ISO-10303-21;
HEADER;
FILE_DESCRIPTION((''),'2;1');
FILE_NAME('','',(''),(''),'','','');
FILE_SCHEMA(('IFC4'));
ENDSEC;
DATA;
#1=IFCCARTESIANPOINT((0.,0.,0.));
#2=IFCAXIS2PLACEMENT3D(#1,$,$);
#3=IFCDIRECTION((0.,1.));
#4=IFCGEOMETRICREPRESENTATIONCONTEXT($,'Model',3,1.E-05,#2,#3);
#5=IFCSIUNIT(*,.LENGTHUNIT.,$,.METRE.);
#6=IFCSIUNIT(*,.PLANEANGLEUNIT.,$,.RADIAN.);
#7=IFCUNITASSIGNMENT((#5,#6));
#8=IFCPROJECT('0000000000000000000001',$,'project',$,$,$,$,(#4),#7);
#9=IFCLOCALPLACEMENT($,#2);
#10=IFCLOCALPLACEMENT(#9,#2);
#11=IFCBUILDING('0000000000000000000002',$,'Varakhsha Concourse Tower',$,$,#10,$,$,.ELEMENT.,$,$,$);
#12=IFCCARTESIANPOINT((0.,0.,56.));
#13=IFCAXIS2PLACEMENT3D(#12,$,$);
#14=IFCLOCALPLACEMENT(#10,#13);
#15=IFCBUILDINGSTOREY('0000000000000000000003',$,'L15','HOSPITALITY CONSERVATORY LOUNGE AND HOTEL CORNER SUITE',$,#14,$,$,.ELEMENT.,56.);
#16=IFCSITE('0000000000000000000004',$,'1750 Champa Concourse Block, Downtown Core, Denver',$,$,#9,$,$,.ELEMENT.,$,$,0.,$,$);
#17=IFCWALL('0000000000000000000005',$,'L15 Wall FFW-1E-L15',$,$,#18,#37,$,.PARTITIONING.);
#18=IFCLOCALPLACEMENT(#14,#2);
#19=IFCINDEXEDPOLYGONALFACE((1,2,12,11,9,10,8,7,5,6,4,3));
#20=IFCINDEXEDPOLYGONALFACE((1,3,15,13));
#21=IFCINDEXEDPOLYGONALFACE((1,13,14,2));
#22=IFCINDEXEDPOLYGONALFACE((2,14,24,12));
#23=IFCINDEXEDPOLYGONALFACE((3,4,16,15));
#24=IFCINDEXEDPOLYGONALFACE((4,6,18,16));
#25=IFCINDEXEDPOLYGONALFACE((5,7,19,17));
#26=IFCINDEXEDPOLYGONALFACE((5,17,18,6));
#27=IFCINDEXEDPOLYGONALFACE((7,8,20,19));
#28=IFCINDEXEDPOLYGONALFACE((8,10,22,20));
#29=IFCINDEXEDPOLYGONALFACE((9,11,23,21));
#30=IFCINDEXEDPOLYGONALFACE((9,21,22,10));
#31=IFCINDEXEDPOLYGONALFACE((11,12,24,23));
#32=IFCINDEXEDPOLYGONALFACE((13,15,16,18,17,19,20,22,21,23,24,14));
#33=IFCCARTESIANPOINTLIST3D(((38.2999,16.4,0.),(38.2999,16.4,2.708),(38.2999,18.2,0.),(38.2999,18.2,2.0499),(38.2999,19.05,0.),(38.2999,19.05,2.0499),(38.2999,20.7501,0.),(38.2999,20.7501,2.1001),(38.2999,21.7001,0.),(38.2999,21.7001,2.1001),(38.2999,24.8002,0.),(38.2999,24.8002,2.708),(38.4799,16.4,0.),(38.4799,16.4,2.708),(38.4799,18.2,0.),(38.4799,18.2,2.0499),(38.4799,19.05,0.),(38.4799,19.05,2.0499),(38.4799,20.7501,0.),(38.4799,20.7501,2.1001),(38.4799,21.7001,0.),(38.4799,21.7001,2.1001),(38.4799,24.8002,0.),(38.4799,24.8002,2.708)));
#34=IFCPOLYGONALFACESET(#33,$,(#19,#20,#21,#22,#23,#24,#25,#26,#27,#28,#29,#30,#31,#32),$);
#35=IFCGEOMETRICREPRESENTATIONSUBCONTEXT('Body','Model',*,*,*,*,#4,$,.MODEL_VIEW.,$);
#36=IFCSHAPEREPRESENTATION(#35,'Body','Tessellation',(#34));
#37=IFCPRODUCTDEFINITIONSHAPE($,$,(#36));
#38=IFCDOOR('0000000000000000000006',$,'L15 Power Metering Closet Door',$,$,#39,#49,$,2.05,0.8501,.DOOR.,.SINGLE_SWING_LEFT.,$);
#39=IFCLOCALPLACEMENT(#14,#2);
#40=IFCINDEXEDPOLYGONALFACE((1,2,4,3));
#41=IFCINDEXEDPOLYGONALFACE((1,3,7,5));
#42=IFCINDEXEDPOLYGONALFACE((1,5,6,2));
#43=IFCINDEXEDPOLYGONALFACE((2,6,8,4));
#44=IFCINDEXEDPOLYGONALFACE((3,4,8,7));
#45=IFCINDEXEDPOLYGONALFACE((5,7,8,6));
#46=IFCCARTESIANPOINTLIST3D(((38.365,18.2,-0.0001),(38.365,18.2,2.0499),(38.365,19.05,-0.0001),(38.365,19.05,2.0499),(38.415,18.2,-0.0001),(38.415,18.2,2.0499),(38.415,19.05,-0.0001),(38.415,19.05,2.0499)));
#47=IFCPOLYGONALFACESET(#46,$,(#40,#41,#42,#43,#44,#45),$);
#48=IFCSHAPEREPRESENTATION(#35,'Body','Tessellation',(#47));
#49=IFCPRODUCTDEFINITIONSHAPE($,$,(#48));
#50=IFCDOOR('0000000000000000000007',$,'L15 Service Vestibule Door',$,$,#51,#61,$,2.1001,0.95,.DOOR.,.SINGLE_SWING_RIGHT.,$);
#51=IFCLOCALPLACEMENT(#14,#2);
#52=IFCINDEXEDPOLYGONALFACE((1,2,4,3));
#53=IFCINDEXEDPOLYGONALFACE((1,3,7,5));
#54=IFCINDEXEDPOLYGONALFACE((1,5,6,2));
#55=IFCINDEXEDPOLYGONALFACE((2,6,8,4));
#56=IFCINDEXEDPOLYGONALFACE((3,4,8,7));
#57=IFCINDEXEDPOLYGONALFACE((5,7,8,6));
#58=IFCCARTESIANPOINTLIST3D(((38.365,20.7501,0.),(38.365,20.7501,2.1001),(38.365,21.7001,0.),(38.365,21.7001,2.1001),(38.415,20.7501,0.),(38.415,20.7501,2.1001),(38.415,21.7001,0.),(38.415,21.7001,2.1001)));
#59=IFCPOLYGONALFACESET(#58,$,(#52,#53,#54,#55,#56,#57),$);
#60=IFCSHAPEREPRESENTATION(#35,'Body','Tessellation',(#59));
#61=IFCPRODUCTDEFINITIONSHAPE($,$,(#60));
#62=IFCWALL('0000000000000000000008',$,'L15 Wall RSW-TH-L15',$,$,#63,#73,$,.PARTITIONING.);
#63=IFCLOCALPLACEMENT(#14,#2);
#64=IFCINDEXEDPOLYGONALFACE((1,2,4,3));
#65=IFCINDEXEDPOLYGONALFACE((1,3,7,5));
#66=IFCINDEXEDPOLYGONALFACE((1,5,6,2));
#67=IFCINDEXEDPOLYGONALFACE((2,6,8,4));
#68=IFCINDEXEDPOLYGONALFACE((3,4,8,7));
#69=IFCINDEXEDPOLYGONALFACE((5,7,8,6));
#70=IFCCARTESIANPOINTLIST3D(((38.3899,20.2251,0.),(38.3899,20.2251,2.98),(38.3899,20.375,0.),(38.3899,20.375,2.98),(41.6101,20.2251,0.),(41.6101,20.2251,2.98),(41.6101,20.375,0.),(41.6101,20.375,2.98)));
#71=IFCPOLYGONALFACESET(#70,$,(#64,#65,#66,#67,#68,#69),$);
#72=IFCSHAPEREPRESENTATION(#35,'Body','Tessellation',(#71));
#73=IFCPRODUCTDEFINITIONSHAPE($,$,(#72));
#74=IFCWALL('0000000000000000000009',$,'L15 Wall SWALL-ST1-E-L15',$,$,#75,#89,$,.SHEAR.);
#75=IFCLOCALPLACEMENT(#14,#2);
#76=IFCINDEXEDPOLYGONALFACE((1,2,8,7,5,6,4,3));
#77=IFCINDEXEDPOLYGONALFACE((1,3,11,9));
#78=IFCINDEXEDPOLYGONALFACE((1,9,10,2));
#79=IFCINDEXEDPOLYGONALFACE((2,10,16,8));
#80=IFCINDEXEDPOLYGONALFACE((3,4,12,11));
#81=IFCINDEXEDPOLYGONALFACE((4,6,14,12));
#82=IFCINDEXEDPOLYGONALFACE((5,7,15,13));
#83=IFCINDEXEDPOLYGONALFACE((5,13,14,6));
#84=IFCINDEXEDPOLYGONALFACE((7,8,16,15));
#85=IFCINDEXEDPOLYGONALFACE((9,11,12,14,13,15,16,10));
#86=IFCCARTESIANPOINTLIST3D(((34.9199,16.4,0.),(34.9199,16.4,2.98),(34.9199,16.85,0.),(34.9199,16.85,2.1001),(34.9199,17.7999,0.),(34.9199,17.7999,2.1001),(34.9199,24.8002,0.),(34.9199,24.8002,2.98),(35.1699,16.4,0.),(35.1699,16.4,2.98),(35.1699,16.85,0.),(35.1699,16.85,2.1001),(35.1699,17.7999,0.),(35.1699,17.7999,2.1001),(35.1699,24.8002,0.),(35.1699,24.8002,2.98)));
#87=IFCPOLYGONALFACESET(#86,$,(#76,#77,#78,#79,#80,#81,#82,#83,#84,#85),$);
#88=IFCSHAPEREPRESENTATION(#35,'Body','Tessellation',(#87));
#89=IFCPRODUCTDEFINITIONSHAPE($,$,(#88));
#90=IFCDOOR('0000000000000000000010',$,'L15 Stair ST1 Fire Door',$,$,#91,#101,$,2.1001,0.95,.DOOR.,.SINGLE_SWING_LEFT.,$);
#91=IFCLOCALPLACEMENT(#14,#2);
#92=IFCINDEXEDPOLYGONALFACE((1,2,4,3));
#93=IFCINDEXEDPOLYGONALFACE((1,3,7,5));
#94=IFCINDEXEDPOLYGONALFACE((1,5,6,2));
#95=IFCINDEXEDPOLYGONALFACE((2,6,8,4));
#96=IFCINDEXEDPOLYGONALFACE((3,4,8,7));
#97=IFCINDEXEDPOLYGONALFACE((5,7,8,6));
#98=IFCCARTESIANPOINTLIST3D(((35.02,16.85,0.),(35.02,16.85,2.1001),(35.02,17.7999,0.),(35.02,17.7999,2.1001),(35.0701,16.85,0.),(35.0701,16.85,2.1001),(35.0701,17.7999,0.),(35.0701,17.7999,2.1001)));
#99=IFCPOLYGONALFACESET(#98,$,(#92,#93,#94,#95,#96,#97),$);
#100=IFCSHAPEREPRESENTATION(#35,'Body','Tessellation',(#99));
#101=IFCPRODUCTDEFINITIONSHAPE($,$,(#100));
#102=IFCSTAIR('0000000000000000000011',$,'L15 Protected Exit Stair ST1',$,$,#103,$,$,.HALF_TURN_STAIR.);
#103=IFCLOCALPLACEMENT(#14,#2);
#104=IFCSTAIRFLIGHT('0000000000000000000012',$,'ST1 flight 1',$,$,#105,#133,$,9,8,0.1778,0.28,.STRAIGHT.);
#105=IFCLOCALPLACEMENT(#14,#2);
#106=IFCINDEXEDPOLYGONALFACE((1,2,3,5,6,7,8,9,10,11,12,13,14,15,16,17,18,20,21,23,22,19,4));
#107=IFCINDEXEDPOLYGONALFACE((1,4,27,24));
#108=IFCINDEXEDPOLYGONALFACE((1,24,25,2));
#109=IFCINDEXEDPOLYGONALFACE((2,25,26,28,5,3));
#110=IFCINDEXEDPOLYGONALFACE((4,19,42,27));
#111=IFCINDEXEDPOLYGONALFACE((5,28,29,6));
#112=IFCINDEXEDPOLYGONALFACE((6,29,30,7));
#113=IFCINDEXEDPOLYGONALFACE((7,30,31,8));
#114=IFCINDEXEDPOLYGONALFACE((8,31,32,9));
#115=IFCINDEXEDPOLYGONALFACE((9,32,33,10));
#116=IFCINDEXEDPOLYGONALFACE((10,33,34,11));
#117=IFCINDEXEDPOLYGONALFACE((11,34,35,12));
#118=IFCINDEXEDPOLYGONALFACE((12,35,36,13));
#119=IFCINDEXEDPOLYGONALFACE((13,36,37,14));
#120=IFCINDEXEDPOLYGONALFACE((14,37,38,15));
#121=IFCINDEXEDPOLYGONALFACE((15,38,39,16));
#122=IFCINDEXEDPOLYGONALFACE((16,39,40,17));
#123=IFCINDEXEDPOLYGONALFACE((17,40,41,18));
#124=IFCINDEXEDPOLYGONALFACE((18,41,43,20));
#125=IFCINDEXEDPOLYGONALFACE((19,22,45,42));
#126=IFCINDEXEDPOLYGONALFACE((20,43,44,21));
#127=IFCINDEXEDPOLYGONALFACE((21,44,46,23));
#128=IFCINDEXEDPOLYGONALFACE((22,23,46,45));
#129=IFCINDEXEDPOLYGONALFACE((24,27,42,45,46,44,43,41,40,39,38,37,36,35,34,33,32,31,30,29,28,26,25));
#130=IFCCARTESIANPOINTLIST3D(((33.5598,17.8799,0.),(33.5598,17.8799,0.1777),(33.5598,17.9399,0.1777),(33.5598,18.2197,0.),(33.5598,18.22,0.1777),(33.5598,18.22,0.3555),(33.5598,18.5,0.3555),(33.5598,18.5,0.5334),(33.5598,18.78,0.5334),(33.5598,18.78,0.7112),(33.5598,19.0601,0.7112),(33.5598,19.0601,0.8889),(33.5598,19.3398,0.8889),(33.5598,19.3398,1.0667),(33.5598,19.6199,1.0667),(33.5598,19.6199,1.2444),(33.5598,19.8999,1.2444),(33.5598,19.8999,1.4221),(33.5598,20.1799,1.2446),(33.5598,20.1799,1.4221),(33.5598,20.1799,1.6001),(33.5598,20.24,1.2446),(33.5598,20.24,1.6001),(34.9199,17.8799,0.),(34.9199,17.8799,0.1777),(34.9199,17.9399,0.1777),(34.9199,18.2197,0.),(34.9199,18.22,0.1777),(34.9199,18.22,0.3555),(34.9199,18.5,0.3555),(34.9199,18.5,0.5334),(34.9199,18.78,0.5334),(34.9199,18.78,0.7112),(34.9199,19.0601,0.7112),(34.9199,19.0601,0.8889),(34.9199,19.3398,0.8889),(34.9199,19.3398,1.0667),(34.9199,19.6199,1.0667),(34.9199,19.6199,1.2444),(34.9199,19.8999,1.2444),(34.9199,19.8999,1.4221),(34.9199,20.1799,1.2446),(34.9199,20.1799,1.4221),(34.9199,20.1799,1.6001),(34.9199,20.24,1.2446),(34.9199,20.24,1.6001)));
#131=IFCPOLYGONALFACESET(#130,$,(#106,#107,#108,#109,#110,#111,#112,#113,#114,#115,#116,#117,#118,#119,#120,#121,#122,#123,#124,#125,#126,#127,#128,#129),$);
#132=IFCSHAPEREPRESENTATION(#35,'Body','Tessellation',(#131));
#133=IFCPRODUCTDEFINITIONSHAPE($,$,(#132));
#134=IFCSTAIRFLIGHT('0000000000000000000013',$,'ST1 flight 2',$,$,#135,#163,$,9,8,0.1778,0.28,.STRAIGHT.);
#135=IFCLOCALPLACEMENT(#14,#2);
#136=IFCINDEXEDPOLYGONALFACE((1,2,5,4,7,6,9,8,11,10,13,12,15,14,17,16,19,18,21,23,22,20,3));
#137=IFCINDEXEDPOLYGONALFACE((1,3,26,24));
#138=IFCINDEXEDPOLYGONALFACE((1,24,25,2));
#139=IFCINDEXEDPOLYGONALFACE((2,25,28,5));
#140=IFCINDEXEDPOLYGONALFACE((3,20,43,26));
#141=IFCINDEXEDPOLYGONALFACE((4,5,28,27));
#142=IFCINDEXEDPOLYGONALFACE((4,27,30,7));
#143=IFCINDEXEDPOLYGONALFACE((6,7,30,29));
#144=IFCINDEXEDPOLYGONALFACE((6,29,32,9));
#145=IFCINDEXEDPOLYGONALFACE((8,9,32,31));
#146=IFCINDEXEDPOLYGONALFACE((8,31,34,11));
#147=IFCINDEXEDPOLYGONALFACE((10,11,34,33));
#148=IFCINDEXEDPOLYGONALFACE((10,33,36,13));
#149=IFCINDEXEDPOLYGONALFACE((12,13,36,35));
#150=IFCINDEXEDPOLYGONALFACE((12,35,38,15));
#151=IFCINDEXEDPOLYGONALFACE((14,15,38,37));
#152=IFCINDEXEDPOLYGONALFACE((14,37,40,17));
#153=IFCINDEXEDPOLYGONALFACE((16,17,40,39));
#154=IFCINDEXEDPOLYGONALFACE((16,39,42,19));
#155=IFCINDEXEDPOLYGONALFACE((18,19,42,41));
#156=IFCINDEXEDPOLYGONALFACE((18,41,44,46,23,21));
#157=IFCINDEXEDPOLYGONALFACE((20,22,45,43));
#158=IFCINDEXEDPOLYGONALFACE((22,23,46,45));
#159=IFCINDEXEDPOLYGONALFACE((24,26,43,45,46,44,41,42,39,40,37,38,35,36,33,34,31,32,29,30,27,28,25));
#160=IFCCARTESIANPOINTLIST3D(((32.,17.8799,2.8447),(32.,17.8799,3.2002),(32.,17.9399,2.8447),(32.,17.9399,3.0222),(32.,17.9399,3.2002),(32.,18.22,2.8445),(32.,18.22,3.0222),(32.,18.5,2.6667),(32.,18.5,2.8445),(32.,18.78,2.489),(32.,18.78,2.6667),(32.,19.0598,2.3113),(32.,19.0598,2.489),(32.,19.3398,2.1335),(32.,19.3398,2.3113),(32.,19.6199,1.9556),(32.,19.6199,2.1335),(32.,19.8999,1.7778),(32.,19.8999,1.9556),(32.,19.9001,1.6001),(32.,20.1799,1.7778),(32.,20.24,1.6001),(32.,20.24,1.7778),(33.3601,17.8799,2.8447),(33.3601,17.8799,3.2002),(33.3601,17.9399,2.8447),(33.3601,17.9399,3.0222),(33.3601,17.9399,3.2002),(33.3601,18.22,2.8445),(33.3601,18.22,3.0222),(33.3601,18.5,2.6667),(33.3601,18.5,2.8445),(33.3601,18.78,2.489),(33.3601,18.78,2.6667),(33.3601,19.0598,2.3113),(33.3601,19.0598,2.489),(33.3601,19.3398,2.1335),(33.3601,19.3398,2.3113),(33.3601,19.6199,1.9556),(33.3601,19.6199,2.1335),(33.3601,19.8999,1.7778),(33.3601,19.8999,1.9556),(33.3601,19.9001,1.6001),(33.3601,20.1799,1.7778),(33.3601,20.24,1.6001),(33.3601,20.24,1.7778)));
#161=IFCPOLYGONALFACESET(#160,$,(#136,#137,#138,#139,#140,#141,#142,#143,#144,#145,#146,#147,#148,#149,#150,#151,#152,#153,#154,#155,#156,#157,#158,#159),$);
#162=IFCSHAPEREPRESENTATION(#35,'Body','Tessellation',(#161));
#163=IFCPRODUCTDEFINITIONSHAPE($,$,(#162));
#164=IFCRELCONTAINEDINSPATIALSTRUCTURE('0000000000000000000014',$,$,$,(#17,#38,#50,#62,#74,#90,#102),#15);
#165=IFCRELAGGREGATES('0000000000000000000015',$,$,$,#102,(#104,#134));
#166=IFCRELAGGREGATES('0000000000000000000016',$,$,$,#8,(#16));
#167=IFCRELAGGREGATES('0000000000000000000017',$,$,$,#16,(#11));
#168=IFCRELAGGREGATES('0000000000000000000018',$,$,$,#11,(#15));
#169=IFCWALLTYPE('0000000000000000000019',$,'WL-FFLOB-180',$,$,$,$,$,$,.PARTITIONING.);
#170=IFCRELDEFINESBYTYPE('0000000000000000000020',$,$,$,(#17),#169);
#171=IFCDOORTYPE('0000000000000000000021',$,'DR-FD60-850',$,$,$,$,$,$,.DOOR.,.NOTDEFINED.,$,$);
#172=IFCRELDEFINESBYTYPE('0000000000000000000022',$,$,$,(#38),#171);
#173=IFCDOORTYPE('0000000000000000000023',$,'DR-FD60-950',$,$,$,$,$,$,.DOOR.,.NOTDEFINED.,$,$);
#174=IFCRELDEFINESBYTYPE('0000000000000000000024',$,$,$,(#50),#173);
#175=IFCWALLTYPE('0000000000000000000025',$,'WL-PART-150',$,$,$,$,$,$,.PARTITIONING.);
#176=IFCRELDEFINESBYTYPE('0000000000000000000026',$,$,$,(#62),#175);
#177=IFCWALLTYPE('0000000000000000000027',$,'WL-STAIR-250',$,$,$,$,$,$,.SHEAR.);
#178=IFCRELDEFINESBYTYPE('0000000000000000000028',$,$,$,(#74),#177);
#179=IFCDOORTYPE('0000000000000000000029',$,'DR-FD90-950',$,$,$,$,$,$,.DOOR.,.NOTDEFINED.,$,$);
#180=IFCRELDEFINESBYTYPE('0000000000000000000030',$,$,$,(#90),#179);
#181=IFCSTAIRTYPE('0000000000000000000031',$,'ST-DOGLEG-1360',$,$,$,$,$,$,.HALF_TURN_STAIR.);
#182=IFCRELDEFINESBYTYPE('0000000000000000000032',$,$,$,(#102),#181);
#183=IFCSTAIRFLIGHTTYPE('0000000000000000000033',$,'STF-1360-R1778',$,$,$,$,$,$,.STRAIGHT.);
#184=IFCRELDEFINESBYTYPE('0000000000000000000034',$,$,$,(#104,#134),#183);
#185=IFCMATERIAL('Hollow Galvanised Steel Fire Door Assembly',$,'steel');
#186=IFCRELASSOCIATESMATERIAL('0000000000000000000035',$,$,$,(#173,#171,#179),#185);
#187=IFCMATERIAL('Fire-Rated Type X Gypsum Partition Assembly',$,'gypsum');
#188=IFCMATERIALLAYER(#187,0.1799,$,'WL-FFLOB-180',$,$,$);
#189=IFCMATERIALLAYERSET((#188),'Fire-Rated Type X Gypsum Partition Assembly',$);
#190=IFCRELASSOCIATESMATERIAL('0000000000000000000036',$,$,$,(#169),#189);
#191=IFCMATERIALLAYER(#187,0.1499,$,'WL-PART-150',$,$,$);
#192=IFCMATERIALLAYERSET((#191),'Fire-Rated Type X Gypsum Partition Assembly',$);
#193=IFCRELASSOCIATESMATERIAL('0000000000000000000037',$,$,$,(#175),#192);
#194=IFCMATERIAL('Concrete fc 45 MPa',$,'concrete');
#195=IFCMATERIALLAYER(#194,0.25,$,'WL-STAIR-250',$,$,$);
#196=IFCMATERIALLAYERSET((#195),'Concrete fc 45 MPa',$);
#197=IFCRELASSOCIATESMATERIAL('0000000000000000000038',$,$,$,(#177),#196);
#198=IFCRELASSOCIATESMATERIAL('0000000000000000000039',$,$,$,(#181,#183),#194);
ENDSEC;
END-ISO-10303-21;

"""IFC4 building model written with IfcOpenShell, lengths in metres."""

from ifc_helpers import new_model, si_unit, direction, frame, frame_2d, origin, place, context, subcontext, project, spatial, polyline, rectangle, outline, extrude, material, layer, layer_set, type_object, element, fill, aggregate, save


model = new_model("IFC4")

# Units and contexts
model_context = context("Model", 3, precision=1e-05, world=origin(), true_north=direction((0.0, 1.0)))
body_context = subcontext(model_context, "Body", "Model", "MODEL_VIEW")
ifc_project = project(units=[si_unit("LENGTHUNIT", "METRE"), si_unit("PLANEANGLEUNIT", "RADIAN")], contexts=[model_context])

# Site, building, storey
site_placement = place(None, origin())
site = spatial("IfcSite", under=ifc_project, at=site_placement, Name="1750 Champa Concourse Block, Downtown Core, Denver", CompositionType="ELEMENT", RefElevation=0.0)
building_placement = place(site_placement, origin())
building = spatial("IfcBuilding", under=site, at=building_placement, Name="Varakhsha Concourse Tower", CompositionType="ELEMENT")
storey_placement = place(building_placement, frame((0.0, 0.0, 56.0)))
storey = spatial("IfcBuildingStorey", under=building, at=storey_placement, Name="L15", Description="HOSPITALITY CONSERVATORY LOUNGE AND HOTEL CORNER SUITE", CompositionType="ELEMENT", Elevation=56.0)

# Shared definitions
ifc_material_1 = material(Name="Hollow Galvanised Steel Fire Door Assembly", Category="steel")
door_type_1 = type_object("IfcDoorType", Name="DR-FD60-950", OperationType="NOTDEFINED", PredefinedType="DOOR", material=ifc_material_1)

# Wall, openings, doors
ifc_material_2 = material(Name="Fire-Rated Type X Gypsum Partition Assembly", Category="gypsum")
ifc_layer_1 = layer(ifc_material_2, 0.1799, Name="WL-FFLOB-180")
ifc_layer_set_1 = layer_set([ifc_layer_1], Name="Fire-Rated Type X Gypsum Partition Assembly")
wall_type_1 = type_object("IfcWallType", Name="WL-FFLOB-180", PredefinedType="PARTITIONING", material=ifc_layer_set_1)
wall_1_placement = place(storey_placement, frame((38.3899, 16.3999, 0.0), z_axis=(0.0, 0.0, 1.0), x_axis=(0.0, 1.0, 0.0)))
wall_1 = element("IfcWall", 1, at=wall_1_placement, inside=storey, type_object=wall_type_1, Name="L15 Wall FFW-1E-L15", PredefinedType="PARTITIONING", context=body_context, shape_type="SweptSolid", body=[
    extrude(rectangle(XDim=8.4001, YDim=0.1799, at=frame_2d((4.2002, 0.0))), origin(), (0.0, 0.0, 1.0), 2.708),
])
opening_1_placement = place(wall_1_placement, frame((1.8, 0.0, 0.0)))
opening_1 = element("IfcOpeningElement", 2, at=opening_1_placement, cuts=wall_1, PredefinedType="OPENING", context=body_context, shape_type="SweptSolid", body=[
    extrude(rectangle(XDim=0.8501, YDim=2.05, at=frame_2d((0.425, 1.0249))), frame((0.0, 0.0999, 0.0), z_axis=(0.0, -1.0, 0.0), x_axis=(1.0, 0.0, 0.0)), (0.0, 0.0, 1.0), 0.2),
])
opening_2_placement = place(wall_1_placement, frame((4.3501, 0.0, 0.0)))
opening_2 = element("IfcOpeningElement", 3, at=opening_2_placement, cuts=wall_1, PredefinedType="OPENING", context=body_context, shape_type="SweptSolid", body=[
    extrude(rectangle(XDim=0.95, YDim=2.1001, at=frame_2d((0.4751, 1.05))), frame((0.0, 0.0999, 0.0), z_axis=(0.0, -1.0, 0.0), x_axis=(1.0, 0.0, 0.0)), (0.0, 0.0, 1.0), 0.2),
])
door_type_2 = type_object("IfcDoorType", Name="DR-FD60-850", OperationType="NOTDEFINED", PredefinedType="DOOR", material=ifc_material_1)
door_1_placement = place(opening_1_placement, origin())
door_1 = element("IfcDoor", 4, at=door_1_placement, inside=storey, type_object=door_type_2, Name="L15 Power Metering Closet Door", OperationType="SINGLE_SWING_LEFT", OverallHeight=2.05, OverallWidth=0.8501, PredefinedType="DOOR", context=body_context, shape_type="SweptSolid", body=[
    extrude(rectangle(XDim=0.8501, YDim=2.05, at=frame_2d((0.425, 1.0249))), frame((0.0, 0.0249, 0.0), z_axis=(0.0, -1.0, 0.0), x_axis=(1.0, 0.0, 0.0)), (0.0, 0.0, 1.0), 0.05),
])
fill(opening_1, door_1)
door_2_placement = place(opening_2_placement, origin())
door_2 = element("IfcDoor", 5, at=door_2_placement, inside=storey, type_object=door_type_1, Name="L15 Service Vestibule Door", OperationType="SINGLE_SWING_RIGHT", OverallHeight=2.1001, OverallWidth=0.95, PredefinedType="DOOR", context=body_context, shape_type="SweptSolid", body=[
    extrude(rectangle(XDim=0.95, YDim=2.1001, at=frame_2d((0.4751, 1.05))), frame((0.0, 0.0249, 0.0), z_axis=(0.0, -1.0, 0.0), x_axis=(1.0, 0.0, 0.0)), (0.0, 0.0, 1.0), 0.05),
])
fill(opening_2, door_2)

# Wall
ifc_layer_2 = layer(ifc_material_2, 0.1499, Name="WL-PART-150")
ifc_layer_set_2 = layer_set([ifc_layer_2], Name="Fire-Rated Type X Gypsum Partition Assembly")
wall_type_2 = type_object("IfcWallType", Name="WL-PART-150", PredefinedType="PARTITIONING", material=ifc_layer_set_2)
wall_2_placement = place(storey_placement, frame((38.3899, 20.3, 0.0), z_axis=(0.0, 0.0, 1.0), x_axis=(1.0, 0.0, 0.0)))
element("IfcWall", 6, at=wall_2_placement, inside=storey, type_object=wall_type_2, Name="L15 Wall RSW-TH-L15", PredefinedType="PARTITIONING", context=body_context, shape_type="SweptSolid", body=[
    extrude(rectangle(XDim=3.2202, YDim=0.1499, at=frame_2d((1.6101, 0.0))), origin(), (0.0, 0.0, 1.0), 2.98),
])

# Wall, opening, door
ifc_material_3 = material(Name="Concrete fc 45 MPa", Category="concrete")
ifc_layer_3 = layer(ifc_material_3, 0.25, Name="WL-STAIR-250")
ifc_layer_set_3 = layer_set([ifc_layer_3], Name="Concrete fc 45 MPa")
wall_type_3 = type_object("IfcWallType", Name="WL-STAIR-250", PredefinedType="SHEAR", material=ifc_layer_set_3)
wall_3_placement = place(storey_placement, frame((35.0449, 16.3999, 0.0), z_axis=(0.0, 0.0, 1.0), x_axis=(0.0, 1.0, 0.0)))
wall_3 = element("IfcWall", 7, at=wall_3_placement, inside=storey, type_object=wall_type_3, Name="L15 Wall SWALL-ST1-E-L15", PredefinedType="SHEAR", context=body_context, shape_type="SweptSolid", body=[
    extrude(rectangle(XDim=8.4001, YDim=0.25, at=frame_2d((4.2002, 0.0))), origin(), (0.0, 0.0, 1.0), 2.98),
])
opening_3_placement = place(wall_3_placement, frame((0.45, 0.0, 0.0)))
opening_3 = element("IfcOpeningElement", 8, at=opening_3_placement, cuts=wall_3, PredefinedType="OPENING", context=body_context, shape_type="SweptSolid", body=[
    extrude(rectangle(XDim=0.95, YDim=2.1001, at=frame_2d((0.4751, 1.05))), frame((0.0, 0.135, 0.0), z_axis=(0.0, -1.0, 0.0), x_axis=(1.0, 0.0, 0.0)), (0.0, 0.0, 1.0), 0.27),
])
door_type_3 = type_object("IfcDoorType", Name="DR-FD90-950", OperationType="NOTDEFINED", PredefinedType="DOOR", material=ifc_material_1)
door_3_placement = place(opening_3_placement, origin())
door_3 = element("IfcDoor", 9, at=door_3_placement, inside=storey, type_object=door_type_3, Name="L15 Stair ST1 Fire Door", OperationType="SINGLE_SWING_LEFT", OverallHeight=2.1001, OverallWidth=0.95, PredefinedType="DOOR", context=body_context, shape_type="SweptSolid", body=[
    extrude(rectangle(XDim=0.95, YDim=2.1001, at=frame_2d((0.4751, 1.05))), frame((0.0, 0.0249, 0.0), z_axis=(0.0, -1.0, 0.0), x_axis=(1.0, 0.0, 0.0)), (0.0, 0.0, 1.0), 0.05),
])
fill(opening_3, door_3)

# Stair, stair flights
stair_type = type_object("IfcStairType", Name="ST-DOGLEG-1360", PredefinedType="HALF_TURN_STAIR", material=ifc_material_3)
stair_placement = place(storey_placement, origin())
stair = element("IfcStair", 10, at=stair_placement, inside=storey, type_object=stair_type, Name="L15 Protected Exit Stair ST1", PredefinedType="HALF_TURN_STAIR")
stair_flight_type = type_object("IfcStairFlightType", Name="STF-1360-R1778", PredefinedType="STRAIGHT", material=ifc_material_3)
stair_flight_1_placement = place(storey_placement, frame((34.24, 17.9399, 0.0), z_axis=(0.0, 0.0, 1.0), x_axis=(0.0, 1.0, 0.0)))
stair_flight_1 = element("IfcStairFlight", 11, at=stair_flight_1_placement, type_object=stair_flight_type, Name="ST1 flight 1", NumberOfRisers=9, NumberOfTreads=8, PredefinedType="STRAIGHT", RiserHeight=0.1778, TreadLength=0.28, context=body_context, shape_type="SweptSolid", body=[
    extrude(outline(polyline([(-0.0601, 0.0), (-0.0601, 0.1777), (0.0, 0.1777), (0.28, 0.1777), (0.28, 0.3555), (0.5601, 0.3555), (0.5601, 0.5334), (0.8401, 0.5334), (0.8401, 0.7112), (1.1201, 0.7112), (1.1201, 0.8889), (1.3999, 0.8889), (1.3999, 1.0667), (1.6799, 1.0667), (1.6799, 1.2444), (1.96, 1.2444), (1.96, 1.4221), (2.24, 1.4221), (2.24, 1.6001), (2.3, 1.6001), (2.3, 1.2446), (2.24, 1.2446), (0.2798, 0.0), (-0.0601, 0.0)])), frame((0.0, 0.6802, 0.0), z_axis=(0.0, -1.0, 0.0), x_axis=(1.0, 0.0, 0.0)), (0.0, 0.0, 1.0), 1.3601),
])
stair_flight_2_placement = place(storey_placement, frame((32.6799, 20.1799, 1.6001), z_axis=(0.0, 0.0, 1.0), x_axis=(0.0, -1.0, 0.0)))
stair_flight_2 = element("IfcStairFlight", 12, at=stair_flight_2_placement, type_object=stair_flight_type, Name="ST1 flight 2", NumberOfRisers=9, NumberOfTreads=8, PredefinedType="STRAIGHT", RiserHeight=0.1778, TreadLength=0.28, context=body_context, shape_type="SweptSolid", body=[
    extrude(outline(polyline([(-0.0601, 0.0), (-0.0601, 0.1777), (0.0, 0.1777), (0.28, 0.1777), (0.28, 0.3555), (0.5601, 0.3555), (0.5601, 0.5334), (0.8401, 0.5334), (0.8401, 0.7112), (1.1201, 0.7112), (1.1201, 0.8889), (1.3999, 0.8889), (1.3999, 1.0667), (1.6799, 1.0667), (1.6799, 1.2444), (1.96, 1.2444), (1.96, 1.4221), (2.24, 1.4221), (2.24, 1.6001), (2.3, 1.6001), (2.3, 1.2446), (2.24, 1.2446), (0.2798, 0.0), (-0.0601, 0.0)])), frame((0.0, 0.6802, 0.0), z_axis=(0.0, -1.0, 0.0), x_axis=(1.0, 0.0, 0.0)), (0.0, 0.0, 1.0), 1.3601),
])
aggregate(stair, [stair_flight_1, stair_flight_2])

save(model, "model.ifc")
